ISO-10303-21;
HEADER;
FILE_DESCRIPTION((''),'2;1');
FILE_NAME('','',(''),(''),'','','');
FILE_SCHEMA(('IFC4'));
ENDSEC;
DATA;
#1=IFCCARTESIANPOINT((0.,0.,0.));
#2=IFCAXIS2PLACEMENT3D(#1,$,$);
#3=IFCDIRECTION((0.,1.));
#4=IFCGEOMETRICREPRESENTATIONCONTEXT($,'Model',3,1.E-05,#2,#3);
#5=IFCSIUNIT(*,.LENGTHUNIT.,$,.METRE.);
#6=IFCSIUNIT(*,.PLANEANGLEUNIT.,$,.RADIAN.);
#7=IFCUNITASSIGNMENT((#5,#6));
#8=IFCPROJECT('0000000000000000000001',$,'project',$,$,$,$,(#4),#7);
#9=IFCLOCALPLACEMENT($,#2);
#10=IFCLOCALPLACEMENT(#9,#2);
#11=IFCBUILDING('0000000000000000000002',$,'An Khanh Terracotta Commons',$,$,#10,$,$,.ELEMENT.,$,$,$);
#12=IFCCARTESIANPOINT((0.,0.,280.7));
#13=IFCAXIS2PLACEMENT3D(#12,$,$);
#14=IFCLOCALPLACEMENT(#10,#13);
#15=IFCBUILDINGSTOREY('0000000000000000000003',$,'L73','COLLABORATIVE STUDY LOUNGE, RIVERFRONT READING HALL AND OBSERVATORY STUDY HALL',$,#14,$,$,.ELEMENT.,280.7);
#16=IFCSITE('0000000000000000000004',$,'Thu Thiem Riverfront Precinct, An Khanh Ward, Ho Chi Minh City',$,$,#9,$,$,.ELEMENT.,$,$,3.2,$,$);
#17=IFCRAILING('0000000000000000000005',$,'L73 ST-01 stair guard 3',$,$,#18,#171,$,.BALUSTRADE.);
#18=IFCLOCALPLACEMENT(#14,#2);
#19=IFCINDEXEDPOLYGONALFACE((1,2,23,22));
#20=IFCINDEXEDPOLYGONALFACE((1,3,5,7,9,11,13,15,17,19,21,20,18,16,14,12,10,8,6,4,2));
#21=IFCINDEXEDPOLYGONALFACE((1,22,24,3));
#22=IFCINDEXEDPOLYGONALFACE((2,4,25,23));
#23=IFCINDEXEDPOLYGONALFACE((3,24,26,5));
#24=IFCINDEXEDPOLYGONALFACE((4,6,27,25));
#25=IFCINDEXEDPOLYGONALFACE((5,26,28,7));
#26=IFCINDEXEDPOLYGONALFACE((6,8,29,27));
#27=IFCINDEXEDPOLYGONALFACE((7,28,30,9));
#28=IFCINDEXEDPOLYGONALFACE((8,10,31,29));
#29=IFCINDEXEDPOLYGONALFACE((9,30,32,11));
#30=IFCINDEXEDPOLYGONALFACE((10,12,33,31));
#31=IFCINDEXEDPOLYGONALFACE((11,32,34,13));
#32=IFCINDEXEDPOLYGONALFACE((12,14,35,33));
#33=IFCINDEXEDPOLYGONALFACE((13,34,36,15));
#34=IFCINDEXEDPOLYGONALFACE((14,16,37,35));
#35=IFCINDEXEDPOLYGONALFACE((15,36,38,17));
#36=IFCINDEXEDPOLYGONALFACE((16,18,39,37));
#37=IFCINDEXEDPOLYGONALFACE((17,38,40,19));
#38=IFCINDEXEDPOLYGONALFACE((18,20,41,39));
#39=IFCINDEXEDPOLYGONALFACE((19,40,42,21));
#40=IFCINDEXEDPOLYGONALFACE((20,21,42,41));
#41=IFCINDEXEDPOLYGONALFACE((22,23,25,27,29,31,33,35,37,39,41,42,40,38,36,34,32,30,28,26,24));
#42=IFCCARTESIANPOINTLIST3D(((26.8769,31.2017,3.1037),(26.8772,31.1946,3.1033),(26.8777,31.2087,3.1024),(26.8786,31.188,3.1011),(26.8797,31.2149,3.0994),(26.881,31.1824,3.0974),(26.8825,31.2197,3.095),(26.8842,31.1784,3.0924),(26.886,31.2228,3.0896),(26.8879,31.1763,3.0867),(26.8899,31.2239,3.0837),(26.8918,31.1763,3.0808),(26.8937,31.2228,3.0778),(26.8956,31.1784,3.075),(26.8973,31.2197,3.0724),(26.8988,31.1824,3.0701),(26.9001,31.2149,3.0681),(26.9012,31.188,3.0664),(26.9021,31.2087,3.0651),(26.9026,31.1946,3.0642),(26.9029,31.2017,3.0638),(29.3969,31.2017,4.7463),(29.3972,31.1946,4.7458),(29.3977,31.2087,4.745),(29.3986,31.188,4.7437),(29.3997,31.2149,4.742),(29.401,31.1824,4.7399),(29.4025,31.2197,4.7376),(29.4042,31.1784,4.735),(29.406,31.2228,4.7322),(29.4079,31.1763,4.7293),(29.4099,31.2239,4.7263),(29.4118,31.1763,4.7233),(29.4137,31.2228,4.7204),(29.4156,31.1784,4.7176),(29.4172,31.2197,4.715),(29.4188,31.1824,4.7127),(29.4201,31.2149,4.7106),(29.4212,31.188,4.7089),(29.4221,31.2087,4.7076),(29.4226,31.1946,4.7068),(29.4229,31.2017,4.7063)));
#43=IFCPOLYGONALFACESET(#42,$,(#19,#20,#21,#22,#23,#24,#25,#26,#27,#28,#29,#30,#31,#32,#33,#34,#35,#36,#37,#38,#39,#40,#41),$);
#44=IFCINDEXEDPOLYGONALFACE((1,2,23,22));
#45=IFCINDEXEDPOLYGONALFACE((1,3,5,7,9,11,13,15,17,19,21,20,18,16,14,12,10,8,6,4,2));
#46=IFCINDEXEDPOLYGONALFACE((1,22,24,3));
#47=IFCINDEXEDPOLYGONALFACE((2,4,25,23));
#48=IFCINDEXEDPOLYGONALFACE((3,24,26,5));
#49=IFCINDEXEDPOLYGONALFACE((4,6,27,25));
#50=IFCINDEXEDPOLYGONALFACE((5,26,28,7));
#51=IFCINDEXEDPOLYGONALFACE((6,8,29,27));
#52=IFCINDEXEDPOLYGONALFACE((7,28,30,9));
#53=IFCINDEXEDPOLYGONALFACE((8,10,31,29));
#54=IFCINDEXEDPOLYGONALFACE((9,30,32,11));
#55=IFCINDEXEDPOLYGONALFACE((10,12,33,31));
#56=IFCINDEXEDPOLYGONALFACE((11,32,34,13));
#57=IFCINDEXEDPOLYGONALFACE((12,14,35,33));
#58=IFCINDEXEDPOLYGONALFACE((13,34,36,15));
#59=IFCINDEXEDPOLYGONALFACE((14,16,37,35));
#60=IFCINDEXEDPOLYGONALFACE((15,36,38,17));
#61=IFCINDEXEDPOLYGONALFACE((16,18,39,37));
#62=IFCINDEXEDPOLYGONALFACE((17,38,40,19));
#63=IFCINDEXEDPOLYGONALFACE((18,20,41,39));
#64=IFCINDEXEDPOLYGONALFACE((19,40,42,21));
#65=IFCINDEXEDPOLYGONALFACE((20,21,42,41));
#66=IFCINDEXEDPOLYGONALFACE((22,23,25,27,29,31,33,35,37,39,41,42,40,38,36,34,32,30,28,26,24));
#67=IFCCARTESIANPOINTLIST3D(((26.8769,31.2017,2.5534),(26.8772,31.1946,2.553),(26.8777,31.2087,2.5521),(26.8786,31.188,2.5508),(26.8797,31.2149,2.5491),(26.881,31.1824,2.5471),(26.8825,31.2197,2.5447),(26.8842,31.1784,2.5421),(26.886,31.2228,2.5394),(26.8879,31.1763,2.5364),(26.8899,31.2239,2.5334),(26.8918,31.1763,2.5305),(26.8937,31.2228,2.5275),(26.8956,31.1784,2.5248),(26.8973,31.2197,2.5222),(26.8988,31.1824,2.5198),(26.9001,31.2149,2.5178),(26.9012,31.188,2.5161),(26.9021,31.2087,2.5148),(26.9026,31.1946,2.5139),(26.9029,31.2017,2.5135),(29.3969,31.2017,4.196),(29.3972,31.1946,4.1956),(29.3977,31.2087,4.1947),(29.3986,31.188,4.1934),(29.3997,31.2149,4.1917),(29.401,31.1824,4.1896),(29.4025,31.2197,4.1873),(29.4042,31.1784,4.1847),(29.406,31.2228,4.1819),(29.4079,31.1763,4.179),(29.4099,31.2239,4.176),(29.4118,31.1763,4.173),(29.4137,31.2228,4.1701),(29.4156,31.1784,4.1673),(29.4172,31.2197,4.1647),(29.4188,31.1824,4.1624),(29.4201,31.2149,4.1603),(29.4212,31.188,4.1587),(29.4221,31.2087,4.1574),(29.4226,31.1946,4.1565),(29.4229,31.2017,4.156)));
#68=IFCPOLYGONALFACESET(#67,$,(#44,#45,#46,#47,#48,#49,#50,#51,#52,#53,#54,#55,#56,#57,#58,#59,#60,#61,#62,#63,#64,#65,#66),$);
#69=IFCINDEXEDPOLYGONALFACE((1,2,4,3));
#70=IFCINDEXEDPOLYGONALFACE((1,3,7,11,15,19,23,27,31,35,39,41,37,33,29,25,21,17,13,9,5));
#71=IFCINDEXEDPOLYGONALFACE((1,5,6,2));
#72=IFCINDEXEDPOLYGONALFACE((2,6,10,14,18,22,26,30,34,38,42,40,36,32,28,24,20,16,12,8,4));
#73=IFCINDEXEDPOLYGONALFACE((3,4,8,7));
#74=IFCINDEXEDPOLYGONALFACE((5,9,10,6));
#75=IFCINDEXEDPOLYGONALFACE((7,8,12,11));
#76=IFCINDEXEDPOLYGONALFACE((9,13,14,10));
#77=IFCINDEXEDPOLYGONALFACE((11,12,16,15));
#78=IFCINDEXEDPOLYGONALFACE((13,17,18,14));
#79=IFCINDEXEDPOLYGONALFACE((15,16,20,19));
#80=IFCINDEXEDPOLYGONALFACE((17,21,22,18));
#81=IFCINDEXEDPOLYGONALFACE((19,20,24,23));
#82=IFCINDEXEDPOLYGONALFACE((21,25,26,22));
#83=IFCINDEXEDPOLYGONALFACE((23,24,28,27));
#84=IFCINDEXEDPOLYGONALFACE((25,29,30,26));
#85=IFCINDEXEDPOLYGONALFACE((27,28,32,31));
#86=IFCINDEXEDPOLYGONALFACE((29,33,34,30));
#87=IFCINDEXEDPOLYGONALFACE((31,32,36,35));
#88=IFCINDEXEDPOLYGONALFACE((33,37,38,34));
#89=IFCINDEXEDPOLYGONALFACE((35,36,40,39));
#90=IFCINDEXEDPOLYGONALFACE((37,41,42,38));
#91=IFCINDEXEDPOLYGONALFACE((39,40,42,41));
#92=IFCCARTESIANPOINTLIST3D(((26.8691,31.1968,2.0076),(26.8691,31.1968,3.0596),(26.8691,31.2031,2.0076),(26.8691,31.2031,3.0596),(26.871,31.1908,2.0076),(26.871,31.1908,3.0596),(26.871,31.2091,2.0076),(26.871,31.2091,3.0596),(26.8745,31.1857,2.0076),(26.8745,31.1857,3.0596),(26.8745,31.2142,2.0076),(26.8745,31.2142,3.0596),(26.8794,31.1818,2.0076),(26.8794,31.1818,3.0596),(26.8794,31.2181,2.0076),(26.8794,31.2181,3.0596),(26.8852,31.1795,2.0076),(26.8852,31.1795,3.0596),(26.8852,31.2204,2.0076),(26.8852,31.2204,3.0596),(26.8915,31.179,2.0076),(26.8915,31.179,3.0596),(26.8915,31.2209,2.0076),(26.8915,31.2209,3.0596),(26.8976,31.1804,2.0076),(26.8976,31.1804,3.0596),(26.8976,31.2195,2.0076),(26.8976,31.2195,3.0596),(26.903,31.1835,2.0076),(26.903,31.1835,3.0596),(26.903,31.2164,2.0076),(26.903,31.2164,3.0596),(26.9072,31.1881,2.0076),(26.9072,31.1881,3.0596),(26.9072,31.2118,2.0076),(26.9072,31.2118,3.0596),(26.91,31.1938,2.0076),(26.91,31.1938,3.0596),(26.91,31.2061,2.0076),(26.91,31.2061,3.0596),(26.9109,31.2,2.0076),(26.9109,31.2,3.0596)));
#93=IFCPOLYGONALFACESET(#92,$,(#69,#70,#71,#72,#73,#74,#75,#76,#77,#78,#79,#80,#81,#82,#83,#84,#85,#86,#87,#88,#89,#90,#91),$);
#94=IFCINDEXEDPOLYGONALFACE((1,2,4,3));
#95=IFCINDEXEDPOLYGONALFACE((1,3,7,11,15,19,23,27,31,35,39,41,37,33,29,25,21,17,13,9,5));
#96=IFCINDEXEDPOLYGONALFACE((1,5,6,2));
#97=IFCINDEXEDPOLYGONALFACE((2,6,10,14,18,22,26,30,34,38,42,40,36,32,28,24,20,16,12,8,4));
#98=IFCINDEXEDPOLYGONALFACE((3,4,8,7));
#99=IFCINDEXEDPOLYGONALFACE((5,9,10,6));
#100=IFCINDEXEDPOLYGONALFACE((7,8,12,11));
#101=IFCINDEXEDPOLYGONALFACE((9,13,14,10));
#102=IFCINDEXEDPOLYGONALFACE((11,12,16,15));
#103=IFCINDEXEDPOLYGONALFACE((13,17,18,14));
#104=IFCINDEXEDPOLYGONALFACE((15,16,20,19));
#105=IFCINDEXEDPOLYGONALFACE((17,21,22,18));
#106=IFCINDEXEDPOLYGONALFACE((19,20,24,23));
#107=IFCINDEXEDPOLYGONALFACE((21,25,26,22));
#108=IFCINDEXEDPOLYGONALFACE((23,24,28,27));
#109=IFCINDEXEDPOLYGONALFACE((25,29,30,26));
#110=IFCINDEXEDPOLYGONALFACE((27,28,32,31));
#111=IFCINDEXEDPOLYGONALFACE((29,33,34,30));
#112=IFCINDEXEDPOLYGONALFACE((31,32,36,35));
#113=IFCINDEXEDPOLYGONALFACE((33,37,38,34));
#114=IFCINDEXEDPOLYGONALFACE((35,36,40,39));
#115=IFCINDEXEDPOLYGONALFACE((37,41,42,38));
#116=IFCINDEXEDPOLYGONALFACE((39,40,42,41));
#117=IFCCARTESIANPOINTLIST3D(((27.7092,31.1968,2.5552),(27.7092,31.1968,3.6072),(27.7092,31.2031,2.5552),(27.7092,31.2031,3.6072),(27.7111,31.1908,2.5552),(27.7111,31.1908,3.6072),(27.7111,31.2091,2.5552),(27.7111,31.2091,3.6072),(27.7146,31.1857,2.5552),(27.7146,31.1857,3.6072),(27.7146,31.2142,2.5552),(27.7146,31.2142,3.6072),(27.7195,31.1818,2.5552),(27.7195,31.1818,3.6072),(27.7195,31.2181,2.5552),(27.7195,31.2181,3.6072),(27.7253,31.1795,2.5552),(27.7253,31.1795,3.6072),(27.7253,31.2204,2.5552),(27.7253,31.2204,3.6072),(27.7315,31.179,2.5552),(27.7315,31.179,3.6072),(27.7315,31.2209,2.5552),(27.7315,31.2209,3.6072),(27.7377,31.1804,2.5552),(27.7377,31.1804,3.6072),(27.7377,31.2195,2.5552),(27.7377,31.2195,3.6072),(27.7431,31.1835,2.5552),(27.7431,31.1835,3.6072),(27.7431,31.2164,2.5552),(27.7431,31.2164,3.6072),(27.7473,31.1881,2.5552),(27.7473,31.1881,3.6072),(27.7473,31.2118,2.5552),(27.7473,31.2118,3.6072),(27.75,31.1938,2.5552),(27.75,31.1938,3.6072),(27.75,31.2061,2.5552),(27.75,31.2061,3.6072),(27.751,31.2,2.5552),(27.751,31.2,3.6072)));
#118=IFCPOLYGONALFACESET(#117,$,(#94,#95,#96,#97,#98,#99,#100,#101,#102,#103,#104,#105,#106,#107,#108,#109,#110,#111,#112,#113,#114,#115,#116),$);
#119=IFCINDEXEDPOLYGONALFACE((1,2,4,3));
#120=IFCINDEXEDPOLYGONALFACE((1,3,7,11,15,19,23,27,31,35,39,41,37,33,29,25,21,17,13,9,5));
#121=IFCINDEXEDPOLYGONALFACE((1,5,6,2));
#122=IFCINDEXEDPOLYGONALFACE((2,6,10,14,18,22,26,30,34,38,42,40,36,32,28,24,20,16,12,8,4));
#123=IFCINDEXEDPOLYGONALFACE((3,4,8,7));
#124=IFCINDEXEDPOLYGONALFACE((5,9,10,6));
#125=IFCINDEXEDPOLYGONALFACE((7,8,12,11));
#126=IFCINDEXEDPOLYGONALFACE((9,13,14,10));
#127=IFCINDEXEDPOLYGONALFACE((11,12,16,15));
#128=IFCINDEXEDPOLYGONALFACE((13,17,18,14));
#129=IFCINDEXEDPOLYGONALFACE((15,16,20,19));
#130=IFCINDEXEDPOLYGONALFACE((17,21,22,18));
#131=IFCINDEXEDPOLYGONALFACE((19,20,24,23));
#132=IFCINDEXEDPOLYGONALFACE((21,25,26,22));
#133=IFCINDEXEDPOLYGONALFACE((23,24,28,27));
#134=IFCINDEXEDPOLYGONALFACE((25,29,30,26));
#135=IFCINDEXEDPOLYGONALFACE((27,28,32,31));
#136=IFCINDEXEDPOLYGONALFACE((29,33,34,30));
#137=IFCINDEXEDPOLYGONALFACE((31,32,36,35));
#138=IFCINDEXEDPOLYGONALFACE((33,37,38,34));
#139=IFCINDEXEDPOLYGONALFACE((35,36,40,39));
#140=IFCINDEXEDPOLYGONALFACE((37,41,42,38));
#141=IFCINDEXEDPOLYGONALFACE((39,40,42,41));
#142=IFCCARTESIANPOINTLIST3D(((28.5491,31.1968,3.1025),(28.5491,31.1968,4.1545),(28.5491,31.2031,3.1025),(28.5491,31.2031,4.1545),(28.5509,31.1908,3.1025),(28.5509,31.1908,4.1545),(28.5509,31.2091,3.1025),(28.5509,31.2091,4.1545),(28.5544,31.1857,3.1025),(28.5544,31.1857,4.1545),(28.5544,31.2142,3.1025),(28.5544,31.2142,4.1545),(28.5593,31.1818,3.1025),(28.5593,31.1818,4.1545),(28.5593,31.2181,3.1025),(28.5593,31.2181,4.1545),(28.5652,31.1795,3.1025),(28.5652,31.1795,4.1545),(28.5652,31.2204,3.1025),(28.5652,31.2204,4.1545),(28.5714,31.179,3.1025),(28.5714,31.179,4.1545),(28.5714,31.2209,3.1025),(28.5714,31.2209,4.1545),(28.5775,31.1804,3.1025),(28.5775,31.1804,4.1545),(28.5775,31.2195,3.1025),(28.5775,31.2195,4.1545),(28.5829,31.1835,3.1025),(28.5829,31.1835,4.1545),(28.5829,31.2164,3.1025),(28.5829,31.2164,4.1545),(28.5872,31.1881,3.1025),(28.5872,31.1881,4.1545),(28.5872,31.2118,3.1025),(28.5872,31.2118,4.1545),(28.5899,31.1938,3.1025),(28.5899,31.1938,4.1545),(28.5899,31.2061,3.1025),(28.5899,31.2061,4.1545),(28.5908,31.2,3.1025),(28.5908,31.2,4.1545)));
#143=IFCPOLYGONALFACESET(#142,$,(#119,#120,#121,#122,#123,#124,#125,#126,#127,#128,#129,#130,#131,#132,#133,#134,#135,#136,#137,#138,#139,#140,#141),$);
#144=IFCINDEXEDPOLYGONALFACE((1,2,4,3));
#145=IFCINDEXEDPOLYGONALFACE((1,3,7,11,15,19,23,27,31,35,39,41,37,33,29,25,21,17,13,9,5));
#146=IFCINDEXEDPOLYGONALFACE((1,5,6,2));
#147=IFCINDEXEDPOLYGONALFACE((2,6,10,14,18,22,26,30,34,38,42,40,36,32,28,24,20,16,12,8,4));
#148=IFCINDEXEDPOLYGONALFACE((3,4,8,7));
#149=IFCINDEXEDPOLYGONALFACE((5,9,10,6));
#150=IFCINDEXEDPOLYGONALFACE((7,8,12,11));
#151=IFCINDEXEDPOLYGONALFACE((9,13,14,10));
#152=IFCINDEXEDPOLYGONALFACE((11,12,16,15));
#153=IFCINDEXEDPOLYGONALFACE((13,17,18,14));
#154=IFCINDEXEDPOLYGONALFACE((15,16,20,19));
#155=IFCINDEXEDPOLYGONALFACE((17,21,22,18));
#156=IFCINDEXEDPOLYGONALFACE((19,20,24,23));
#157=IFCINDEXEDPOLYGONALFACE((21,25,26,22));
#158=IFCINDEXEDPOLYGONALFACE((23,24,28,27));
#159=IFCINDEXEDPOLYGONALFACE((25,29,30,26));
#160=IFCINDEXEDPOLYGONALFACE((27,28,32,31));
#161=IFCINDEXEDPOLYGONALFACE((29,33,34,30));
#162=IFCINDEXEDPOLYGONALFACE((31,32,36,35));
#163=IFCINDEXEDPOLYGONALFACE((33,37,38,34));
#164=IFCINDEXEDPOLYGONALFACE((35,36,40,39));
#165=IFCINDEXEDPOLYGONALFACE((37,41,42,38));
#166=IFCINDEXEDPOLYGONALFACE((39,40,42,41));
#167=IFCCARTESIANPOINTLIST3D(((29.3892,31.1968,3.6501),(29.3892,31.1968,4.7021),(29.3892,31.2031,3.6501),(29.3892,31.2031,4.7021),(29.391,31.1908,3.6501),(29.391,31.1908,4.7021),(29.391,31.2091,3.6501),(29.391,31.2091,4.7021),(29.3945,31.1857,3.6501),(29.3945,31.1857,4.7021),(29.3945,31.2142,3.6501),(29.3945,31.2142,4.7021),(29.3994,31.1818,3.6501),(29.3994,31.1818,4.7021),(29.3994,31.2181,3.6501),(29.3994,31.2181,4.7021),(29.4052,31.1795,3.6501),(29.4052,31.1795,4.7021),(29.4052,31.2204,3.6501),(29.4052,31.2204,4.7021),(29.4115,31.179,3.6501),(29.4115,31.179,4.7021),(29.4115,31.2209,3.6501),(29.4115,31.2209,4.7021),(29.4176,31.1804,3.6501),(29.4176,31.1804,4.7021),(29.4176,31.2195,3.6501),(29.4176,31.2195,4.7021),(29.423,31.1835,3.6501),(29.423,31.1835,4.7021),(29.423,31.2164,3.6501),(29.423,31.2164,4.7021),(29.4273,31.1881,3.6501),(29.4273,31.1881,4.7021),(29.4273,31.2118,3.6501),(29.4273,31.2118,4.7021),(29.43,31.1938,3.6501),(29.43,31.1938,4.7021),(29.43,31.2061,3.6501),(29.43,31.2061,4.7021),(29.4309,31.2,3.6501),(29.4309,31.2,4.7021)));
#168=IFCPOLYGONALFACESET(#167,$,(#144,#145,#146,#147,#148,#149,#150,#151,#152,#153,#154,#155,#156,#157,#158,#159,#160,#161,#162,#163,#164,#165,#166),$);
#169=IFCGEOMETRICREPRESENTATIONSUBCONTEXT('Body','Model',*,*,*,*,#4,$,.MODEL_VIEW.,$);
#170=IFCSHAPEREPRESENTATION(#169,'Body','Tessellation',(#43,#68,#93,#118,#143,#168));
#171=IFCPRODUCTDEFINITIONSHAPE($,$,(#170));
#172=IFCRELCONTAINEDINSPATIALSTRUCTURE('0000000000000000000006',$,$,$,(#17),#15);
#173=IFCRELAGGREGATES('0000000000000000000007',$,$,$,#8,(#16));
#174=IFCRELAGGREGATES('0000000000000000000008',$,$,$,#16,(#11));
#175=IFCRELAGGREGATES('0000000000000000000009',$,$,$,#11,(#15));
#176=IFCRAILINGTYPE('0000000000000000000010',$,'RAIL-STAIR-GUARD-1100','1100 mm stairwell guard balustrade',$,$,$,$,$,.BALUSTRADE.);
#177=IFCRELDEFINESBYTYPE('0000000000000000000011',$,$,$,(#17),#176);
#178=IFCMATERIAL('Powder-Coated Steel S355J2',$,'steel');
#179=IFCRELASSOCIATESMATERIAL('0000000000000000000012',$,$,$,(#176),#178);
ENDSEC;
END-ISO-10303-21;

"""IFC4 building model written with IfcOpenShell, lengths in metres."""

from ifc_helpers import new_model, si_unit, direction, frame, origin, origin_2d, place, context, subcontext, project, spatial, circle, extrude, material, type_object, element, save


model = new_model("IFC4")

# Units and contexts
model_context = context("Model", 3, precision=1e-05, world=origin(), true_north=direction((0.0, 1.0)))
body_context = subcontext(model_context, "Body", "Model", "MODEL_VIEW")
ifc_project = project(units=[si_unit("LENGTHUNIT", "METRE"), si_unit("PLANEANGLEUNIT", "RADIAN")], contexts=[model_context])

# Site, building, storey
site_placement = place(None, origin())
site = spatial("IfcSite", under=ifc_project, at=site_placement, Name="Thu Thiem Riverfront Precinct, An Khanh Ward, Ho Chi Minh City", CompositionType="ELEMENT", RefElevation=3.2)
building_placement = place(site_placement, origin())
building = spatial("IfcBuilding", under=site, at=building_placement, Name="An Khanh Terracotta Commons", CompositionType="ELEMENT")
storey_placement = place(building_placement, frame((0.0, 0.0, 280.7)))
storey = spatial("IfcBuildingStorey", under=building, at=storey_placement, Name="L73", Description="COLLABORATIVE STUDY LOUNGE, RIVERFRONT READING HALL AND OBSERVATORY STUDY HALL", CompositionType="ELEMENT", Elevation=280.7)

# Railing
ifc_material_1 = material(Name="Powder-Coated Steel S355J2", Category="steel")
railing_type_1 = type_object("IfcRailingType", Name="RAIL-STAIR-GUARD-1100", Description="1100 mm stairwell guard balustrade", PredefinedType="BALUSTRADE", material=ifc_material_1)
railing_1_placement = place(storey_placement, frame((26.8899, 31.2, 2.0076)))
element("IfcRailing", 1, at=railing_1_placement, inside=storey, type_object=railing_type_1, Name="L73 ST-01 stair guard 3", PredefinedType="BALUSTRADE", context=body_context, shape_type="SweptSolid", body=[
    extrude(circle(Radius=0.0239, at=origin_2d()), frame((0.0, 0.0, 1.0762), z_axis=(0.837749, 0.0, 0.546055), x_axis=(0.0, 1.0, 0.0)), (0.0, 0.0, 1.0), 3.0081),
    extrude(circle(Radius=0.0239, at=origin_2d()), frame((0.0, 0.0, 0.5259), z_axis=(0.837749, 0.0, 0.546055), x_axis=(0.0, 1.0, 0.0)), (0.0, 0.0, 1.0), 3.0081),
    extrude(circle(Radius=0.021, at=origin_2d()), origin(), (0.0, 0.0, 1.0), 1.052),
    extrude(circle(Radius=0.021, at=origin_2d()), frame((0.8401, 0.0, 0.5476)), (0.0, 0.0, 1.0), 1.052),
    extrude(circle(Radius=0.021, at=origin_2d()), frame((1.6799, 0.0, 1.095)), (0.0, 0.0, 1.0), 1.052),
    extrude(circle(Radius=0.021, at=origin_2d()), frame((2.52, 0.0, 1.6426)), (0.0, 0.0, 1.0), 1.052),
])

save(model, "model.ifc")
